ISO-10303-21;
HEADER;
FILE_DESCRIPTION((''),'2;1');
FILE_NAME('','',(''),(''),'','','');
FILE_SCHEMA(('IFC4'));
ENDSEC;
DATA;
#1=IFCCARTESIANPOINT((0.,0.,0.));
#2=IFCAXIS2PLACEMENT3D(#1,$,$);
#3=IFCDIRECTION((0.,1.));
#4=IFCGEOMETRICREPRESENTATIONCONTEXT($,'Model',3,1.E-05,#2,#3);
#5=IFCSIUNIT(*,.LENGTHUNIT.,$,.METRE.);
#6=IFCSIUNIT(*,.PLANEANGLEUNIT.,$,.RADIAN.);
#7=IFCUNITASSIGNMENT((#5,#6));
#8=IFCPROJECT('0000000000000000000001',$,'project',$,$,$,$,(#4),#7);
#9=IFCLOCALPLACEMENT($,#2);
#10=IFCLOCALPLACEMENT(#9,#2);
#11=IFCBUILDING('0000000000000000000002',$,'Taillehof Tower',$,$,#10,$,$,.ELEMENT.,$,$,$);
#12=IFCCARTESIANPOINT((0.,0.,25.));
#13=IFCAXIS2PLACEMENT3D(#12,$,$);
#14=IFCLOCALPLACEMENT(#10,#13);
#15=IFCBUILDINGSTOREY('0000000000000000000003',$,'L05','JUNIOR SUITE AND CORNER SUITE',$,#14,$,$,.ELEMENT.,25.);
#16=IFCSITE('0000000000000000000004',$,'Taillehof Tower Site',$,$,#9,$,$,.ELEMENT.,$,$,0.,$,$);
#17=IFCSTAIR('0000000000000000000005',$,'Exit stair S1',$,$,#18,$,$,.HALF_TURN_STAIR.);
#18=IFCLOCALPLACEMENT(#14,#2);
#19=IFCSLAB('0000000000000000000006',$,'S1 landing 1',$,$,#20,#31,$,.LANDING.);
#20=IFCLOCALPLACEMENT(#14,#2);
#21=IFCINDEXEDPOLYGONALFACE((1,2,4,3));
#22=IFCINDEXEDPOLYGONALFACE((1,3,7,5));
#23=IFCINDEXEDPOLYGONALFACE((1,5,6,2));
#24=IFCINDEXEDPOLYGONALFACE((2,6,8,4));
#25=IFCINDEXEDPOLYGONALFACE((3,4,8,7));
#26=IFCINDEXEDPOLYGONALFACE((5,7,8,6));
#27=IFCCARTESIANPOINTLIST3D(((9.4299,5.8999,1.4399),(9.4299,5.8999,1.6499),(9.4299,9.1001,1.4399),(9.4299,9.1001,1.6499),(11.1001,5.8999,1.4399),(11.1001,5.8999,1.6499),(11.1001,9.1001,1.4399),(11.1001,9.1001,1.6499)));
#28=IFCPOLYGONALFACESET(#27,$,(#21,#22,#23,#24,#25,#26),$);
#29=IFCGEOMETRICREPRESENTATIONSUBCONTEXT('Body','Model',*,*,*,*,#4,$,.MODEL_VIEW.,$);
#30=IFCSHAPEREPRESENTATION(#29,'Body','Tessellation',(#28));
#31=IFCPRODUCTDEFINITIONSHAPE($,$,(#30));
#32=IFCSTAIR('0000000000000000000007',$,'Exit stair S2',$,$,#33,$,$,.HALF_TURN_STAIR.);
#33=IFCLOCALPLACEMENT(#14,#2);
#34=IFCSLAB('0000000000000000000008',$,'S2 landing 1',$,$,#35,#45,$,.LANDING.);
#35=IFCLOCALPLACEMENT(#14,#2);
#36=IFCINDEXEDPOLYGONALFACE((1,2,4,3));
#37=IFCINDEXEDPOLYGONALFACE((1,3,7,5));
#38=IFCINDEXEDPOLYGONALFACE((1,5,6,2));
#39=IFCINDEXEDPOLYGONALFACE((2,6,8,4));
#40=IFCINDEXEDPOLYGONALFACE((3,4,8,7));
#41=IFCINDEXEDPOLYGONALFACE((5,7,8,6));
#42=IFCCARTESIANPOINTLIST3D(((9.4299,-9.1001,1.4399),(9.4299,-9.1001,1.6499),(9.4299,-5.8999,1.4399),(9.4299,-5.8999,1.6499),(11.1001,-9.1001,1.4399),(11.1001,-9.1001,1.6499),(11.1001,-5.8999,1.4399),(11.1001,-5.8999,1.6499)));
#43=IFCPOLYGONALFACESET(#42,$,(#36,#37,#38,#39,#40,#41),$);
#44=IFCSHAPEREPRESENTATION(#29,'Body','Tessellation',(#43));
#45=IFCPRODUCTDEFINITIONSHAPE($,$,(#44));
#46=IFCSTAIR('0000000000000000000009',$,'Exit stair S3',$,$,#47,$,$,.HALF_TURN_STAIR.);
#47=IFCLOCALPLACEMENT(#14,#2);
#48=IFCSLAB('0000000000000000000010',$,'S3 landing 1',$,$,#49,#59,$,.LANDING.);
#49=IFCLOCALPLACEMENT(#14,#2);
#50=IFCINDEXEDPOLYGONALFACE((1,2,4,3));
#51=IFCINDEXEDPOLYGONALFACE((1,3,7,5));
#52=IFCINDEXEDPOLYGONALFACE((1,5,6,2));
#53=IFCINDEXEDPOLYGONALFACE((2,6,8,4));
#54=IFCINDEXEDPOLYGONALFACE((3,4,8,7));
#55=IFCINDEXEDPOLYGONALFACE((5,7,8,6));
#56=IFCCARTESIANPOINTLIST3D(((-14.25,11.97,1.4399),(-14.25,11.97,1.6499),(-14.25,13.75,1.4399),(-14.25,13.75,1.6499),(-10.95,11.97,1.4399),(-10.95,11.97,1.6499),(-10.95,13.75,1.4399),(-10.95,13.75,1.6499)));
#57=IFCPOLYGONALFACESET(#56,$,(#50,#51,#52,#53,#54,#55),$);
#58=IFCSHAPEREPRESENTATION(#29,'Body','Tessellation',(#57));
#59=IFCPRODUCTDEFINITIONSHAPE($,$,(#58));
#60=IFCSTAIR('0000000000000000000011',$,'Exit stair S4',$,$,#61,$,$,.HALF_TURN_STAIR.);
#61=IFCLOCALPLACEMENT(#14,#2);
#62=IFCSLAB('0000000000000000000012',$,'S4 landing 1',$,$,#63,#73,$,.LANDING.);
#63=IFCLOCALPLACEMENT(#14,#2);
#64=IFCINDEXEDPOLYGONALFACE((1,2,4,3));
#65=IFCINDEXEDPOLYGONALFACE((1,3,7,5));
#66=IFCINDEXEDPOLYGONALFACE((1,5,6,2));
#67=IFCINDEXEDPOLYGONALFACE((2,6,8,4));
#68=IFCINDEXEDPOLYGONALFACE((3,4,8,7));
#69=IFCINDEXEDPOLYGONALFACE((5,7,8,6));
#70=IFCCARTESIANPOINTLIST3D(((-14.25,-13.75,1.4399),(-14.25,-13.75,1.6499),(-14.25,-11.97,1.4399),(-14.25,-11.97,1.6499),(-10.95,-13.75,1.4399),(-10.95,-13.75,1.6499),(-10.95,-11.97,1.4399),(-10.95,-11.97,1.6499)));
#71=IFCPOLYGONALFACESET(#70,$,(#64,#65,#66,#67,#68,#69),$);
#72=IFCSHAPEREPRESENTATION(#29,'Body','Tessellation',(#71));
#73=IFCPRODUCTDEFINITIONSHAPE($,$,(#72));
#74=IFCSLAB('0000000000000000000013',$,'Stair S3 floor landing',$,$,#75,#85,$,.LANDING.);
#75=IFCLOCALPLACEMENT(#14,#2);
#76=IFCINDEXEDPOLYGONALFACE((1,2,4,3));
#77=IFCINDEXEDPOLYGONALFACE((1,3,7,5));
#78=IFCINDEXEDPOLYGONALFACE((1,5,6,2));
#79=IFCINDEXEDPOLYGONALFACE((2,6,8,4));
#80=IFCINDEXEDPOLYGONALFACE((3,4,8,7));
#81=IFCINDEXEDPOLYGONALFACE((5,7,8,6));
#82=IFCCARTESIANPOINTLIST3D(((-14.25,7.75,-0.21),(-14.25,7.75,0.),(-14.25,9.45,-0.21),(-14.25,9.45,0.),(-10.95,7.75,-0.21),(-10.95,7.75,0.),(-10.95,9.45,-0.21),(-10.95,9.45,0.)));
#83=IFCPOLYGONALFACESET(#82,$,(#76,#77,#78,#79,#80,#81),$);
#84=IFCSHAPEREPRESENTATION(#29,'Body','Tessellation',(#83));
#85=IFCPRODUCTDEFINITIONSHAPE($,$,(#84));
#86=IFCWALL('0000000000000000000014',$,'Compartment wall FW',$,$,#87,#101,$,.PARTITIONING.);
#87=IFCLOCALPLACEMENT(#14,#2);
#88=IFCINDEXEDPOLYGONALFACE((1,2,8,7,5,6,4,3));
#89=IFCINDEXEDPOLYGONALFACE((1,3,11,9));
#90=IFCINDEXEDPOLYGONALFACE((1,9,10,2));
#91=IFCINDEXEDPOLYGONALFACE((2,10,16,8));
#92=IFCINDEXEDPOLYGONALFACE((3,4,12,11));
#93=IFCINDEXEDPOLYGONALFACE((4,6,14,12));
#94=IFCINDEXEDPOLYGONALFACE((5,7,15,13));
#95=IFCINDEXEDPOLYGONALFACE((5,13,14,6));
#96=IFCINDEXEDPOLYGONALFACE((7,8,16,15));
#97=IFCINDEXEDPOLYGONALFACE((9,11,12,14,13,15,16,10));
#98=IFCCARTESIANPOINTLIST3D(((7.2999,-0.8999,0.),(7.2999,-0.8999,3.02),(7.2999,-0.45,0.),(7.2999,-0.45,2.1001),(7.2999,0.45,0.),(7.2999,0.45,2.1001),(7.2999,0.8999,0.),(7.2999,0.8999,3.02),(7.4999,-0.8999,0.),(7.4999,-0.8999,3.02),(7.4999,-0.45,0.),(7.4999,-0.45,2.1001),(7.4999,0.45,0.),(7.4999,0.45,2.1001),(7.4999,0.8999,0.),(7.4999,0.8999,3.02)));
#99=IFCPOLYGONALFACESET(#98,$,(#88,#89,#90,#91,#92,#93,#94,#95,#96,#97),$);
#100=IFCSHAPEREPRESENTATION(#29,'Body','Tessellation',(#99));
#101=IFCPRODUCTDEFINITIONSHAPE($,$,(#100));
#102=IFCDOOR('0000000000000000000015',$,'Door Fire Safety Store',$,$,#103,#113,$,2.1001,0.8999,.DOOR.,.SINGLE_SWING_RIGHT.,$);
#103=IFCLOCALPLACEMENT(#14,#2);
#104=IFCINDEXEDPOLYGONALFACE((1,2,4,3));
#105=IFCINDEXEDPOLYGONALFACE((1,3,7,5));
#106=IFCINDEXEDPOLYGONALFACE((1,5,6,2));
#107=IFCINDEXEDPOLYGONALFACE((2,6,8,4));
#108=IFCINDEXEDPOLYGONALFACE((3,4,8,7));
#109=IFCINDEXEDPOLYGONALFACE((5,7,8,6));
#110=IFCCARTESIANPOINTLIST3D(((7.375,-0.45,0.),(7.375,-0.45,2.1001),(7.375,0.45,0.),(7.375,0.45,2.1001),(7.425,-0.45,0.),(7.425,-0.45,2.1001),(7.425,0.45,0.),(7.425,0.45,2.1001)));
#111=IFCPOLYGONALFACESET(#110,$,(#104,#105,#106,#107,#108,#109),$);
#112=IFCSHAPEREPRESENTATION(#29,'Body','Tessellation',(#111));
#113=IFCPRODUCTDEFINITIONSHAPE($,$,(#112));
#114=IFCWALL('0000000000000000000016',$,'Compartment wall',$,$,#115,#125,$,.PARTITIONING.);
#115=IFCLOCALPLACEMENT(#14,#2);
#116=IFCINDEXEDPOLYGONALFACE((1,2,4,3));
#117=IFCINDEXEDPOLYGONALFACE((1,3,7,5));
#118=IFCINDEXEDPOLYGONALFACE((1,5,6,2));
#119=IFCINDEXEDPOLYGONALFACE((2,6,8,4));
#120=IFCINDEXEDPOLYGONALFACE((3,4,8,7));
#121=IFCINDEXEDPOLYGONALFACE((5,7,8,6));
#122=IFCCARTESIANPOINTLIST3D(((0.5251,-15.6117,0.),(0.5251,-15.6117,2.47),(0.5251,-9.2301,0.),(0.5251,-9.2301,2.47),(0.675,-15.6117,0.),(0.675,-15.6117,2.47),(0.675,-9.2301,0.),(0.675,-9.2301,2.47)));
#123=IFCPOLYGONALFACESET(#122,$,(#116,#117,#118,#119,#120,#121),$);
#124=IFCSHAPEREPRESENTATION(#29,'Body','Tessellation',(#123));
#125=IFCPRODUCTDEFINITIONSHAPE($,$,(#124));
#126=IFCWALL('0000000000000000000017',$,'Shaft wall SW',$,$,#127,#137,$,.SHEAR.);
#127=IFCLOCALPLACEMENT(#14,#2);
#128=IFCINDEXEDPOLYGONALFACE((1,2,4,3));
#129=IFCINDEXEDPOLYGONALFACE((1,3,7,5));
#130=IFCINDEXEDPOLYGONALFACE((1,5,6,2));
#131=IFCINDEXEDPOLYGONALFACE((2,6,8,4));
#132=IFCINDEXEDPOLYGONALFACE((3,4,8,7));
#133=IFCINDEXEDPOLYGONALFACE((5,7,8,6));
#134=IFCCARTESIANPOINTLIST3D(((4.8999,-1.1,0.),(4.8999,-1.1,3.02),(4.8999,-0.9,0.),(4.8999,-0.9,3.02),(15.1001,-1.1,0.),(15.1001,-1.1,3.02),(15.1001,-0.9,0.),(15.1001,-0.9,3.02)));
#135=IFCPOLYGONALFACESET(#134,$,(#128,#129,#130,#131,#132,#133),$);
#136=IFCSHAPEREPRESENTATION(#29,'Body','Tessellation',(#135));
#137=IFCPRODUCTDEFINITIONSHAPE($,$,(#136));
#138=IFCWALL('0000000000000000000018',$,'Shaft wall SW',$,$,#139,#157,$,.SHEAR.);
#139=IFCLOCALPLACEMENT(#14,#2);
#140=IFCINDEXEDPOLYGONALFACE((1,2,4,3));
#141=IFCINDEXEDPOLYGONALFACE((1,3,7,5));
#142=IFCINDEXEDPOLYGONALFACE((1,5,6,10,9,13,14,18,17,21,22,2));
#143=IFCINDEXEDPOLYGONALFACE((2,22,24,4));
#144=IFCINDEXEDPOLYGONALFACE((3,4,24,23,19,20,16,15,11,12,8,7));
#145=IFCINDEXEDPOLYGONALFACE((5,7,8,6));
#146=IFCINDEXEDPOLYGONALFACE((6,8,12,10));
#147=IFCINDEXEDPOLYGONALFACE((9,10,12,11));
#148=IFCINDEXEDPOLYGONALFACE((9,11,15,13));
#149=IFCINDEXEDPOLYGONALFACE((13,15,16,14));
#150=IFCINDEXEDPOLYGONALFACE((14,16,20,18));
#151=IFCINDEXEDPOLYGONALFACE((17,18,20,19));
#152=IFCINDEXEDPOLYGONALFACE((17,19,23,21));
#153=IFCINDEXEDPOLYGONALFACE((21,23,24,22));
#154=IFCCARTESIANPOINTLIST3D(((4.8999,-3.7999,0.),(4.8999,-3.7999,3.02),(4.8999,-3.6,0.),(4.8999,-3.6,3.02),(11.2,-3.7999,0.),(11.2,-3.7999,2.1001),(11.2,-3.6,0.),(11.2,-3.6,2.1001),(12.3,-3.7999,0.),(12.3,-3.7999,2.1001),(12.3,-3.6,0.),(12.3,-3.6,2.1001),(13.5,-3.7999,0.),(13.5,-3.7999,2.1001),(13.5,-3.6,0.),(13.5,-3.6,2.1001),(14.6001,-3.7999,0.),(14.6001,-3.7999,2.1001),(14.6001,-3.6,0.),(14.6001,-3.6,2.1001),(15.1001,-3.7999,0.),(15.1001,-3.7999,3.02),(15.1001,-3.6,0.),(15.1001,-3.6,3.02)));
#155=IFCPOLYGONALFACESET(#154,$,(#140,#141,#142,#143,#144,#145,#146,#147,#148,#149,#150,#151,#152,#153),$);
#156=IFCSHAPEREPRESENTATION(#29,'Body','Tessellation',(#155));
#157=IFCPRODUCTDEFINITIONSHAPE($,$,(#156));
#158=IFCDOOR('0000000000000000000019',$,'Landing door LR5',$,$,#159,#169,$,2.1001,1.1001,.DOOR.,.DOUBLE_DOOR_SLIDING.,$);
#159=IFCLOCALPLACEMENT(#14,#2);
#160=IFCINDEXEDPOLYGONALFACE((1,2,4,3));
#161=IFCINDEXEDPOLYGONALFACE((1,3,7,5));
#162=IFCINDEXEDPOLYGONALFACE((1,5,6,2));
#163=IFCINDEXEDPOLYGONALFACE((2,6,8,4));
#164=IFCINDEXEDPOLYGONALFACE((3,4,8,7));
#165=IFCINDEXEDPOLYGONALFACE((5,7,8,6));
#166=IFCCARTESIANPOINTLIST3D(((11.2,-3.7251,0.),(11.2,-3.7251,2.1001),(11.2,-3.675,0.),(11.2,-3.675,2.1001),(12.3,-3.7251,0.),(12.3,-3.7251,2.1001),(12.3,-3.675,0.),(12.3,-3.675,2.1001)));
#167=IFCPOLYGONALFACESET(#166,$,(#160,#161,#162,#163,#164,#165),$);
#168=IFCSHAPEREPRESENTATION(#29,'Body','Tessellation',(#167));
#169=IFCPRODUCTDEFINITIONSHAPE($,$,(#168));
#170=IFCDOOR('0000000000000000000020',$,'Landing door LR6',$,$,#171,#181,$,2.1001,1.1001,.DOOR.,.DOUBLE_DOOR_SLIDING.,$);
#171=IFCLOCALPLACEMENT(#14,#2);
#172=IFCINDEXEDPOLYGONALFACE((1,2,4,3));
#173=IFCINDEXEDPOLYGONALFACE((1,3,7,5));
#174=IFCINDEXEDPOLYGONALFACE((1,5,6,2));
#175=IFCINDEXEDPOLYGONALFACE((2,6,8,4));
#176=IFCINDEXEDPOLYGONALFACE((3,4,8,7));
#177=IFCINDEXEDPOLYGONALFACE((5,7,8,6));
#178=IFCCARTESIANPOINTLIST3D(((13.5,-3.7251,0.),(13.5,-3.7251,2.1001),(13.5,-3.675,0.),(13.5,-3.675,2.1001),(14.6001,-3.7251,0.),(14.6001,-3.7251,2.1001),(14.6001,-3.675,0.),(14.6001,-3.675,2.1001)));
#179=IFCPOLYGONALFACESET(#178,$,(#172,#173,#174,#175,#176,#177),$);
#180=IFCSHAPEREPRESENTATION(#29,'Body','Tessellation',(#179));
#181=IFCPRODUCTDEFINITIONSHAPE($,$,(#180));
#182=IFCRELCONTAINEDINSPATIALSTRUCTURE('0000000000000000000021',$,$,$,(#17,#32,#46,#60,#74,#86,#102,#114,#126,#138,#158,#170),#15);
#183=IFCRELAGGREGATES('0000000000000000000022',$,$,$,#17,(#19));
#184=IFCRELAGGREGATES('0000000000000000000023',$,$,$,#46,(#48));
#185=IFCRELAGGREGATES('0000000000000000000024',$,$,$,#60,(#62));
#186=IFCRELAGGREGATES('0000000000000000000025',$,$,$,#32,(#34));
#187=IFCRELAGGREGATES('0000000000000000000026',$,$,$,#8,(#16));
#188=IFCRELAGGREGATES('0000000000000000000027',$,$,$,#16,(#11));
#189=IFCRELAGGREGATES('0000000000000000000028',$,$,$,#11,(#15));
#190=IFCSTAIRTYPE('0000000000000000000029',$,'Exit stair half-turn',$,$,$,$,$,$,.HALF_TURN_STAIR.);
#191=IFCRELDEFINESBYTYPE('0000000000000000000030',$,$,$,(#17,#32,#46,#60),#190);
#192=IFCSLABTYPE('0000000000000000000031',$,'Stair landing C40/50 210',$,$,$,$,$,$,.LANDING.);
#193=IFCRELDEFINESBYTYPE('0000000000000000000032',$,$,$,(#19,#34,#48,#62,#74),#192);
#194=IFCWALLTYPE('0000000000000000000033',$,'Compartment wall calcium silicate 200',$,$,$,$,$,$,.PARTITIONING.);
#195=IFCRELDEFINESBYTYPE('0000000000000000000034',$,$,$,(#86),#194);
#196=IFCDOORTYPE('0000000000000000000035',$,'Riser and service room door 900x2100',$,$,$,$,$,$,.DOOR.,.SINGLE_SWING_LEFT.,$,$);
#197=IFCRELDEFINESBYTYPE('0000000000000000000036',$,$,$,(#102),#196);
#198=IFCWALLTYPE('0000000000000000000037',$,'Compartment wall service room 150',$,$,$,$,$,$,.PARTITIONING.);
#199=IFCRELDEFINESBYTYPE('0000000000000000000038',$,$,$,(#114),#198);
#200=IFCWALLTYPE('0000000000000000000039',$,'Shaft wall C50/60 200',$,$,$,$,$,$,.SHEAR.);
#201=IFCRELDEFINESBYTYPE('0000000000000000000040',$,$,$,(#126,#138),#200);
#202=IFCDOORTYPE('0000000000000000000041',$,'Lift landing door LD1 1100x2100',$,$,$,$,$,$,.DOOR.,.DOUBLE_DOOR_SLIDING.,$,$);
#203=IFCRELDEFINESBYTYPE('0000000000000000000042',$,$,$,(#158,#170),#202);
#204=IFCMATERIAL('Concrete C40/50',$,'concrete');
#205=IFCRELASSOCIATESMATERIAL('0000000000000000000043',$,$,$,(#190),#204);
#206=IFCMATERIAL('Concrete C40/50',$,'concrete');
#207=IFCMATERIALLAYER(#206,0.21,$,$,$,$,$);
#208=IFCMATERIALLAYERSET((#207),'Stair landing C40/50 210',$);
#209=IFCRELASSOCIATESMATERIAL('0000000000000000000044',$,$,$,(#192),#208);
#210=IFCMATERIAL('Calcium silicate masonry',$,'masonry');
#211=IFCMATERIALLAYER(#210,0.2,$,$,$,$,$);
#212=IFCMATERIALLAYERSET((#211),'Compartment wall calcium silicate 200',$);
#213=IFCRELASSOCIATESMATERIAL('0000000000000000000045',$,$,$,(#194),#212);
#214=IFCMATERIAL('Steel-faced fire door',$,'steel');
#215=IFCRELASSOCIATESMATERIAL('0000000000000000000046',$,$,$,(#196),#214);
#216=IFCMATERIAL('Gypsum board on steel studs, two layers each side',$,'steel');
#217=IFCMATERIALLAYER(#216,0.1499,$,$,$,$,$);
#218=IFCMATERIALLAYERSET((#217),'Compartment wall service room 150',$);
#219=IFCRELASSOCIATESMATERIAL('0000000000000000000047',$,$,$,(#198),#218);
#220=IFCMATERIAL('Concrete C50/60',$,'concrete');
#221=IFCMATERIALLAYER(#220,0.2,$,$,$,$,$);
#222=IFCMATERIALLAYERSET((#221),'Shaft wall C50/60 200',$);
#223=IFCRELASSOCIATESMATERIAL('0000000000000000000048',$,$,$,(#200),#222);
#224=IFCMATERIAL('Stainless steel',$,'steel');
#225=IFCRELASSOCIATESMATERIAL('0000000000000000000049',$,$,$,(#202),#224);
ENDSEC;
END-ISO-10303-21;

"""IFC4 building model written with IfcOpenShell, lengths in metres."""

from ifc_helpers import new_model, si_unit, direction, frame, frame_2d, origin, place, context, subcontext, project, spatial, polyline, rectangle, outline, extrude, material, layer, layer_set, type_object, element, fill, aggregate, save


model = new_model("IFC4")

# Units and contexts
model_context = context("Model", 3, precision=1e-05, world=origin(), true_north=direction((0.0, 1.0)))
body_context = subcontext(model_context, "Body", "Model", "MODEL_VIEW")
ifc_project = project(units=[si_unit("LENGTHUNIT", "METRE"), si_unit("PLANEANGLEUNIT", "RADIAN")], contexts=[model_context])

# Site, building, storey
site_placement = place(None, origin())
site = spatial("IfcSite", under=ifc_project, at=site_placement, Name="Taillehof Tower Site", CompositionType="ELEMENT", RefElevation=0.0)
building_placement = place(site_placement, origin())
building = spatial("IfcBuilding", under=site, at=building_placement, Name="Taillehof Tower", CompositionType="ELEMENT")
storey_placement = place(building_placement, frame((0.0, 0.0, 25.0)))
storey = spatial("IfcBuildingStorey", under=building, at=storey_placement, Name="L05", Description="JUNIOR SUITE AND CORNER SUITE", CompositionType="ELEMENT", Elevation=25.0)

# Stairs, slabs
ifc_material_1 = material(Name="Concrete C40/50", Category="concrete")
stair_type = type_object("IfcStairType", Name="Exit stair half-turn", PredefinedType="HALF_TURN_STAIR", material=ifc_material_1)
stair_1_placement = place(storey_placement, origin())
stair_1 = element("IfcStair", 1, at=stair_1_placement, inside=storey, type_object=stair_type, Name="Exit stair S1", PredefinedType="HALF_TURN_STAIR")
ifc_material_2 = material(Name="Concrete C40/50", Category="concrete")
ifc_layer_1 = layer(ifc_material_2, 0.21)
ifc_layer_set_1 = layer_set([ifc_layer_1], Name="Stair landing C40/50 210")
slab_type_1 = type_object("IfcSlabType", Name="Stair landing C40/50 210", PredefinedType="LANDING", material=ifc_layer_set_1)
slab_1_placement = place(storey_placement, frame((0.0, 0.0, 1.4399)))
slab_1 = element("IfcSlab", 2, at=slab_1_placement, type_object=slab_type_1, Name="S1 landing 1", PredefinedType="LANDING", context=body_context, shape_type="SweptSolid", body=[
    extrude(outline(polyline([(9.4299, 5.8999), (11.1001, 5.8999), (11.1001, 9.1001), (9.4299, 9.1001), (9.4299, 5.8999)])), origin(), (0.0, 0.0, 1.0), 0.21),
])
aggregate(stair_1, [slab_1])
stair_2_placement = place(storey_placement, origin())
stair_2 = element("IfcStair", 3, at=stair_2_placement, inside=storey, type_object=stair_type, Name="Exit stair S2", PredefinedType="HALF_TURN_STAIR")
slab_2_placement = place(storey_placement, frame((0.0, 0.0, 1.4399)))
slab_2 = element("IfcSlab", 4, at=slab_2_placement, type_object=slab_type_1, Name="S2 landing 1", PredefinedType="LANDING", context=body_context, shape_type="SweptSolid", body=[
    extrude(outline(polyline([(9.4299, -5.8999), (11.1001, -5.8999), (11.1001, -9.1001), (9.4299, -9.1001), (9.4299, -5.8999)])), origin(), (0.0, 0.0, 1.0), 0.21),
])
stair_3_placement = place(storey_placement, origin())
stair_3 = element("IfcStair", 5, at=stair_3_placement, inside=storey, type_object=stair_type, Name="Exit stair S3", PredefinedType="HALF_TURN_STAIR")
slab_3_placement = place(storey_placement, frame((0.0, 0.0, 1.4399)))
slab_3 = element("IfcSlab", 6, at=slab_3_placement, type_object=slab_type_1, Name="S3 landing 1", PredefinedType="LANDING", context=body_context, shape_type="SweptSolid", body=[
    extrude(outline(polyline([(-14.25, 11.97), (-14.25, 13.75), (-10.95, 13.75), (-10.95, 11.97), (-14.25, 11.97)])), origin(), (0.0, 0.0, 1.0), 0.21),
])
aggregate(stair_3, [slab_3])
stair_4_placement = place(storey_placement, origin())
stair_4 = element("IfcStair", 7, at=stair_4_placement, inside=storey, type_object=stair_type, Name="Exit stair S4", PredefinedType="HALF_TURN_STAIR")
slab_4_placement = place(storey_placement, frame((0.0, 0.0, 1.4399)))
slab_4 = element("IfcSlab", 8, at=slab_4_placement, type_object=slab_type_1, Name="S4 landing 1", PredefinedType="LANDING", context=body_context, shape_type="SweptSolid", body=[
    extrude(outline(polyline([(-14.25, -11.97), (-14.25, -13.75), (-10.95, -13.75), (-10.95, -11.97), (-14.25, -11.97)])), origin(), (0.0, 0.0, 1.0), 0.21),
])
aggregate(stair_4, [slab_4])

# Slab
slab_5_placement = place(storey_placement, frame((0.0, 0.0, -0.21)))
element("IfcSlab", 9, at=slab_5_placement, inside=storey, type_object=slab_type_1, Name="Stair S3 floor landing", PredefinedType="LANDING", context=body_context, shape_type="SweptSolid", body=[
    extrude(outline(polyline([(-14.25, 7.75), (-14.25, 9.45), (-10.95, 9.45), (-10.95, 7.75), (-14.25, 7.75)])), origin(), (0.0, 0.0, 1.0), 0.21),
])

# Wall, opening, door
ifc_material_3 = material(Name="Calcium silicate masonry", Category="masonry")
ifc_layer_2 = layer(ifc_material_3, 0.2)
ifc_layer_set_2 = layer_set([ifc_layer_2], Name="Compartment wall calcium silicate 200")
wall_type_1 = type_object("IfcWallType", Name="Compartment wall calcium silicate 200", PredefinedType="PARTITIONING", material=ifc_layer_set_2)
wall_1_placement = place(storey_placement, frame((7.3999, -0.8999, 0.0), z_axis=(0.0, 0.0, 1.0), x_axis=(0.0, 1.0, 0.0)))
wall_1 = element("IfcWall", 10, at=wall_1_placement, inside=storey, type_object=wall_type_1, Name="Compartment wall FW", PredefinedType="PARTITIONING", context=body_context, shape_type="SweptSolid", body=[
    extrude(rectangle(XDim=1.7998, YDim=0.2, at=frame_2d((0.8999, 0.0))), origin(), (0.0, 0.0, 1.0), 3.02),
])
opening_1_placement = place(wall_1_placement, frame((0.45, 0.0, 0.0)))
opening_1 = element("IfcOpeningElement", 11, at=opening_1_placement, cuts=wall_1, PredefinedType="OPENING", context=body_context, shape_type="SweptSolid", body=[
    extrude(rectangle(XDim=0.8999, YDim=2.1001, at=frame_2d((0.45, 1.05))), frame((0.0, 0.1099, 0.0), z_axis=(0.0, -1.0, 0.0), x_axis=(1.0, 0.0, 0.0)), (0.0, 0.0, 1.0), 0.22),
])
ifc_material_4 = material(Name="Steel-faced fire door", Category="steel")
door_type_1 = type_object("IfcDoorType", Name="Riser and service room door 900x2100", OperationType="SINGLE_SWING_LEFT", PredefinedType="DOOR", material=ifc_material_4)
door_1_placement = place(opening_1_placement, origin())
door_1 = element("IfcDoor", 12, at=door_1_placement, inside=storey, type_object=door_type_1, Name="Door Fire Safety Store", OperationType="SINGLE_SWING_RIGHT", OverallHeight=2.1001, OverallWidth=0.8999, PredefinedType="DOOR", context=body_context, shape_type="SweptSolid", body=[
    extrude(rectangle(XDim=0.8999, YDim=2.1001, at=frame_2d((0.45, 1.05))), frame((0.0, 0.0249, 0.0), z_axis=(0.0, -1.0, 0.0), x_axis=(1.0, 0.0, 0.0)), (0.0, 0.0, 1.0), 0.05),
])
fill(opening_1, door_1)

# Walls
ifc_material_5 = material(Name="Gypsum board on steel studs, two layers each side", Category="steel")
ifc_layer_3 = layer(ifc_material_5, 0.1499)
ifc_layer_set_3 = layer_set([ifc_layer_3], Name="Compartment wall service room 150")
wall_type_2 = type_object("IfcWallType", Name="Compartment wall service room 150", PredefinedType="PARTITIONING", material=ifc_layer_set_3)
wall_2_placement = place(storey_placement, frame((0.6001, -9.23, 0.0), z_axis=(0.0, 0.0, 1.0), x_axis=(0.0, -1.0, 0.0)))
element("IfcWall", 13, at=wall_2_placement, inside=storey, type_object=wall_type_2, Name="Compartment wall", PredefinedType="PARTITIONING", context=body_context, shape_type="SweptSolid", body=[
    extrude(rectangle(XDim=6.3816, YDim=0.1499, at=frame_2d((3.1909, 0.0))), origin(), (0.0, 0.0, 1.0), 2.47),
])
ifc_material_6 = material(Name="Concrete C50/60", Category="concrete")
ifc_layer_4 = layer(ifc_material_6, 0.2)
ifc_layer_set_4 = layer_set([ifc_layer_4], Name="Shaft wall C50/60 200")
wall_type_3 = type_object("IfcWallType", Name="Shaft wall C50/60 200", PredefinedType="SHEAR", material=ifc_layer_set_4)
wall_3_placement = place(storey_placement, frame((4.8999, -1.0, 0.0), z_axis=(0.0, 0.0, 1.0), x_axis=(1.0, 0.0, 0.0)))
element("IfcWall", 14, at=wall_3_placement, inside=storey, type_object=wall_type_3, Name="Shaft wall SW", PredefinedType="SHEAR", context=body_context, shape_type="SweptSolid", body=[
    extrude(rectangle(XDim=10.2002, YDim=0.2, at=frame_2d((5.1001, 0.0))), origin(), (0.0, 0.0, 1.0), 3.02),
])

# Wall, openings, doors
wall_4_placement = place(storey_placement, frame((4.8999, -3.7, 0.0), z_axis=(0.0, 0.0, 1.0), x_axis=(1.0, 0.0, 0.0)))
wall_4 = element("IfcWall", 15, at=wall_4_placement, inside=storey, type_object=wall_type_3, Name="Shaft wall SW", PredefinedType="SHEAR", context=body_context, shape_type="SweptSolid", body=[
    extrude(rectangle(XDim=10.2002, YDim=0.2, at=frame_2d((5.1001, 0.0))), origin(), (0.0, 0.0, 1.0), 3.02),
])
opening_2_placement = place(wall_4_placement, frame((6.3, 0.0, 0.0)))
opening_2 = element("IfcOpeningElement", 16, at=opening_2_placement, cuts=wall_4, PredefinedType="OPENING", context=body_context, shape_type="SweptSolid", body=[
    extrude(rectangle(XDim=1.1001, YDim=2.1001, at=frame_2d((0.55, 1.05))), frame((0.0, 0.1099, 0.0), z_axis=(0.0, -1.0, 0.0), x_axis=(1.0, 0.0, 0.0)), (0.0, 0.0, 1.0), 0.22),
])
opening_3_placement = place(wall_4_placement, frame((8.6001, 0.0, 0.0)))
opening_3 = element("IfcOpeningElement", 17, at=opening_3_placement, cuts=wall_4, PredefinedType="OPENING", context=body_context, shape_type="SweptSolid", body=[
    extrude(rectangle(XDim=1.1001, YDim=2.1001, at=frame_2d((0.55, 1.05))), frame((0.0, 0.1099, 0.0), z_axis=(0.0, -1.0, 0.0), x_axis=(1.0, 0.0, 0.0)), (0.0, 0.0, 1.0), 0.22),
])
ifc_material_7 = material(Name="Stainless steel", Category="steel")
door_type_2 = type_object("IfcDoorType", Name="Lift landing door LD1 1100x2100", OperationType="DOUBLE_DOOR_SLIDING", PredefinedType="DOOR", material=ifc_material_7)
door_2_placement = place(opening_2_placement, origin())
door_2 = element("IfcDoor", 18, at=door_2_placement, inside=storey, type_object=door_type_2, Name="Landing door LR5", OperationType="DOUBLE_DOOR_SLIDING", OverallHeight=2.1001, OverallWidth=1.1001, PredefinedType="DOOR", context=body_context, shape_type="SweptSolid", body=[
    extrude(rectangle(XDim=1.1001, YDim=2.1001, at=frame_2d((0.55, 1.05))), frame((0.0, 0.0249, 0.0), z_axis=(0.0, -1.0, 0.0), x_axis=(1.0, 0.0, 0.0)), (0.0, 0.0, 1.0), 0.05),
])
fill(opening_2, door_2)
door_3_placement = place(opening_3_placement, origin())
door_3 = element("IfcDoor", 19, at=door_3_placement, inside=storey, type_object=door_type_2, Name="Landing door LR6", OperationType="DOUBLE_DOOR_SLIDING", OverallHeight=2.1001, OverallWidth=1.1001, PredefinedType="DOOR", context=body_context, shape_type="SweptSolid", body=[
    extrude(rectangle(XDim=1.1001, YDim=2.1001, at=frame_2d((0.55, 1.05))), frame((0.0, 0.0249, 0.0), z_axis=(0.0, -1.0, 0.0), x_axis=(1.0, 0.0, 0.0)), (0.0, 0.0, 1.0), 0.05),
])
fill(opening_3, door_3)

aggregate(stair_2, [slab_2])

save(model, "model.ifc")
